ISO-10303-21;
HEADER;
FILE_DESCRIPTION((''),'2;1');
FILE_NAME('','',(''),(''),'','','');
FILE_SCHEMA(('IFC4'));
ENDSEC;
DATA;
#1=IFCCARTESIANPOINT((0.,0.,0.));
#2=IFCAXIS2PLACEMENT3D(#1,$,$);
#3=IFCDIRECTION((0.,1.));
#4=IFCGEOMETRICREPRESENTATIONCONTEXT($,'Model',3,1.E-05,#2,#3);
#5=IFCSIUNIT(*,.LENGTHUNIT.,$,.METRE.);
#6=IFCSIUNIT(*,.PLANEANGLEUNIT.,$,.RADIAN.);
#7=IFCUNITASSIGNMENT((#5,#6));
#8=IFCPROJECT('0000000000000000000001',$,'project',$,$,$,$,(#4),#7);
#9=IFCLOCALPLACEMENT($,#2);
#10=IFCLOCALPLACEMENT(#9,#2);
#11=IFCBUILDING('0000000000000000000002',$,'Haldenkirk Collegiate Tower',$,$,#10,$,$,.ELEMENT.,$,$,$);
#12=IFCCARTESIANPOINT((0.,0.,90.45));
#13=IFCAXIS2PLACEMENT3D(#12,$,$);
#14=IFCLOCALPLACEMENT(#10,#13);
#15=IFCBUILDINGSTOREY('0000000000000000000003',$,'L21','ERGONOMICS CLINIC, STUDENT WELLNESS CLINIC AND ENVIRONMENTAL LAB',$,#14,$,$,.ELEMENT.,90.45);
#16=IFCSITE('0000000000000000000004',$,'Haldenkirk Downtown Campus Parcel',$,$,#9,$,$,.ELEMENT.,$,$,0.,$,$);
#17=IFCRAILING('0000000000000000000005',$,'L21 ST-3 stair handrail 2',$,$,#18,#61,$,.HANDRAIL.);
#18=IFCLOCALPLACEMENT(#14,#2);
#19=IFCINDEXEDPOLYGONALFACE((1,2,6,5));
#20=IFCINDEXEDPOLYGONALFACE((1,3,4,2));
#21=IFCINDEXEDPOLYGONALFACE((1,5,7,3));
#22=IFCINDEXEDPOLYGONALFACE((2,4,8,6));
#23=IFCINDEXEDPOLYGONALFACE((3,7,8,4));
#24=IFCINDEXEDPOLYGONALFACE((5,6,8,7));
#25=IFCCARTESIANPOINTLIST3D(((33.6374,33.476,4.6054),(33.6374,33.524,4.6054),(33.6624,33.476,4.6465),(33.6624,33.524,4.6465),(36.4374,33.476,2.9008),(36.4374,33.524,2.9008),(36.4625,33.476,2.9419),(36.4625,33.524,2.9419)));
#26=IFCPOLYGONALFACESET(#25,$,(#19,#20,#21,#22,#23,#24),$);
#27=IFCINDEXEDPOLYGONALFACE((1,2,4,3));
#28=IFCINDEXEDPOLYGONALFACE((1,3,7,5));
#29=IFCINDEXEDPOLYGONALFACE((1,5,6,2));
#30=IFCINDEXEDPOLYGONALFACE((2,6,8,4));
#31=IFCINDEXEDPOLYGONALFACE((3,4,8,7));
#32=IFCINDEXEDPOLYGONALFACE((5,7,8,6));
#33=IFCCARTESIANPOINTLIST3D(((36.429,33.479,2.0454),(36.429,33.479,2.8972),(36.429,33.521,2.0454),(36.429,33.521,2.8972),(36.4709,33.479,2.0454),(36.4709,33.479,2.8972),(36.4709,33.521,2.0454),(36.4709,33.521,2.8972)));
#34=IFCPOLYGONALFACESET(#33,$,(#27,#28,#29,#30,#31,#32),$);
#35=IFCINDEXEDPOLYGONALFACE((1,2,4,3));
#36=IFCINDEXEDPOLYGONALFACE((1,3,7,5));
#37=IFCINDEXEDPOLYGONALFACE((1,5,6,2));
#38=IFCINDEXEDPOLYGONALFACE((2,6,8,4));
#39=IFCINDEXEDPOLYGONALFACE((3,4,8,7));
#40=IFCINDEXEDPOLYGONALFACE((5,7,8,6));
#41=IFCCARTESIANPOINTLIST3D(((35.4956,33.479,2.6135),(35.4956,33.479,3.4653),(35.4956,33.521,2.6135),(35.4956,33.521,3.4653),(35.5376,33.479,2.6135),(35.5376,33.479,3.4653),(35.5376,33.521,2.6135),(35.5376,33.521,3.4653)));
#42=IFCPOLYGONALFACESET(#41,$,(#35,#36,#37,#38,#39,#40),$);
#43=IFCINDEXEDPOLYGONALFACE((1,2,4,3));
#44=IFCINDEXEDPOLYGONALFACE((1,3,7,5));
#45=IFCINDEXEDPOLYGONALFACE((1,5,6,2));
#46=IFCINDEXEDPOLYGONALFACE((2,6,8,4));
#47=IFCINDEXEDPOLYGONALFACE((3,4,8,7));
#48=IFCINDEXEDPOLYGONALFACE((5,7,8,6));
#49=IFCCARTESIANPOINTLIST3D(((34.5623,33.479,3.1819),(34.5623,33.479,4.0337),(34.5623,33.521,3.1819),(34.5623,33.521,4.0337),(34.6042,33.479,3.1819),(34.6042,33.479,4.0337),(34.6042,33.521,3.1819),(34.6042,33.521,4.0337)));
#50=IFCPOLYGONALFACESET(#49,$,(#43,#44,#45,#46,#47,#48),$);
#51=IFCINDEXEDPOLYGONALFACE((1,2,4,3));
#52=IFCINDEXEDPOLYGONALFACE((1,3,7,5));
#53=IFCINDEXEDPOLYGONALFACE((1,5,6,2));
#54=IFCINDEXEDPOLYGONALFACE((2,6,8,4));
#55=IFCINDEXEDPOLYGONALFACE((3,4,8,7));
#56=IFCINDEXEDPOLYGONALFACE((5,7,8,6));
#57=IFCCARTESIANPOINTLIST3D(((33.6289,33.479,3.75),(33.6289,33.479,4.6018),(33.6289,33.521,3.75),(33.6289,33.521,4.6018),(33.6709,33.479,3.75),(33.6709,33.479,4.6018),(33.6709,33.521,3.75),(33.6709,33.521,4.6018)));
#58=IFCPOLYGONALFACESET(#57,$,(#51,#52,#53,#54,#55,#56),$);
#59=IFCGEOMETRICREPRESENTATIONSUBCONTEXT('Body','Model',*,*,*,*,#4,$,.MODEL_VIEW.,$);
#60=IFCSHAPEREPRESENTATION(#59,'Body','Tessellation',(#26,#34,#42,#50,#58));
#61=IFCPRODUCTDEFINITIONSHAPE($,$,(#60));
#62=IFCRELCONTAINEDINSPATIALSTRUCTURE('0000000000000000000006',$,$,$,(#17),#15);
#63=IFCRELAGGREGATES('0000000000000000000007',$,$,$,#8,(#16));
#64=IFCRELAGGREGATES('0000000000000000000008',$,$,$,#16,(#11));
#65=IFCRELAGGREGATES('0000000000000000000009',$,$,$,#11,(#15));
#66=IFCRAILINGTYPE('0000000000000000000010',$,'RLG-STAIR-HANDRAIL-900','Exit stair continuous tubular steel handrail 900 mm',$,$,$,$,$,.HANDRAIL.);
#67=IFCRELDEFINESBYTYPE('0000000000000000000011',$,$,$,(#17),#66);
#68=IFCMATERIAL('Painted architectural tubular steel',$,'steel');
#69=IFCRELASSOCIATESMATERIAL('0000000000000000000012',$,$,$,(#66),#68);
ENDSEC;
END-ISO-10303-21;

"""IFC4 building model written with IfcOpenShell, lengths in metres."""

from ifc_helpers import new_model, si_unit, direction, frame, origin, origin_2d, place, context, subcontext, project, spatial, rectangle, extrude, material, type_object, element, save


model = new_model("IFC4")

# Units and contexts
model_context = context("Model", 3, precision=1e-05, world=origin(), true_north=direction((0.0, 1.0)))
body_context = subcontext(model_context, "Body", "Model", "MODEL_VIEW")
ifc_project = project(units=[si_unit("LENGTHUNIT", "METRE"), si_unit("PLANEANGLEUNIT", "RADIAN")], contexts=[model_context])

# Site, building, storey
site_placement = place(None, origin())
site = spatial("IfcSite", under=ifc_project, at=site_placement, Name="Haldenkirk Downtown Campus Parcel", CompositionType="ELEMENT", RefElevation=0.0)
building_placement = place(site_placement, origin())
building = spatial("IfcBuilding", under=site, at=building_placement, Name="Haldenkirk Collegiate Tower", CompositionType="ELEMENT")
storey_placement = place(building_placement, frame((0.0, 0.0, 90.45)))
storey = spatial("IfcBuildingStorey", under=building, at=storey_placement, Name="L21", Description="ERGONOMICS CLINIC, STUDENT WELLNESS CLINIC AND ENVIRONMENTAL LAB", CompositionType="ELEMENT", Elevation=90.45)

# Railing
ifc_material_1 = material(Name="Painted architectural tubular steel", Category="steel")
railing_type_1 = type_object("IfcRailingType", Name="RLG-STAIR-HANDRAIL-900", Description="Exit stair continuous tubular steel handrail 900 mm", PredefinedType="HANDRAIL", material=ifc_material_1)
railing_1_placement = place(storey_placement, frame((36.45, 33.5, 2.0454)))
element("IfcRailing", 1, at=railing_1_placement, inside=storey, type_object=railing_type_1, Name="L21 ST-3 stair handrail 2", PredefinedType="HANDRAIL", context=body_context, shape_type="SweptSolid", body=[
    extrude(rectangle(XDim=0.0481, YDim=0.0481, at=origin_2d()), frame((0.0, 0.0, 0.876), z_axis=(-0.85417, 0.0, 0.519994), x_axis=(0.0, -1.0, 0.0)), (0.0, 0.0, 1.0), 3.2781),
    extrude(rectangle(XDim=0.042, YDim=0.042, at=origin_2d()), origin(), (0.0, 0.0, 1.0), 0.8518),
    extrude(rectangle(XDim=0.042, YDim=0.042, at=origin_2d()), frame((-0.9333, 0.0, 0.5681)), (0.0, 0.0, 1.0), 0.8518),
    extrude(rectangle(XDim=0.042, YDim=0.042, at=origin_2d()), frame((-1.8667, 0.0, 1.1365)), (0.0, 0.0, 1.0), 0.8518),
    extrude(rectangle(XDim=0.042, YDim=0.042, at=origin_2d()), frame((-2.8, 0.0, 1.7046)), (0.0, 0.0, 1.0), 0.8518),
])

save(model, "model.ifc")
